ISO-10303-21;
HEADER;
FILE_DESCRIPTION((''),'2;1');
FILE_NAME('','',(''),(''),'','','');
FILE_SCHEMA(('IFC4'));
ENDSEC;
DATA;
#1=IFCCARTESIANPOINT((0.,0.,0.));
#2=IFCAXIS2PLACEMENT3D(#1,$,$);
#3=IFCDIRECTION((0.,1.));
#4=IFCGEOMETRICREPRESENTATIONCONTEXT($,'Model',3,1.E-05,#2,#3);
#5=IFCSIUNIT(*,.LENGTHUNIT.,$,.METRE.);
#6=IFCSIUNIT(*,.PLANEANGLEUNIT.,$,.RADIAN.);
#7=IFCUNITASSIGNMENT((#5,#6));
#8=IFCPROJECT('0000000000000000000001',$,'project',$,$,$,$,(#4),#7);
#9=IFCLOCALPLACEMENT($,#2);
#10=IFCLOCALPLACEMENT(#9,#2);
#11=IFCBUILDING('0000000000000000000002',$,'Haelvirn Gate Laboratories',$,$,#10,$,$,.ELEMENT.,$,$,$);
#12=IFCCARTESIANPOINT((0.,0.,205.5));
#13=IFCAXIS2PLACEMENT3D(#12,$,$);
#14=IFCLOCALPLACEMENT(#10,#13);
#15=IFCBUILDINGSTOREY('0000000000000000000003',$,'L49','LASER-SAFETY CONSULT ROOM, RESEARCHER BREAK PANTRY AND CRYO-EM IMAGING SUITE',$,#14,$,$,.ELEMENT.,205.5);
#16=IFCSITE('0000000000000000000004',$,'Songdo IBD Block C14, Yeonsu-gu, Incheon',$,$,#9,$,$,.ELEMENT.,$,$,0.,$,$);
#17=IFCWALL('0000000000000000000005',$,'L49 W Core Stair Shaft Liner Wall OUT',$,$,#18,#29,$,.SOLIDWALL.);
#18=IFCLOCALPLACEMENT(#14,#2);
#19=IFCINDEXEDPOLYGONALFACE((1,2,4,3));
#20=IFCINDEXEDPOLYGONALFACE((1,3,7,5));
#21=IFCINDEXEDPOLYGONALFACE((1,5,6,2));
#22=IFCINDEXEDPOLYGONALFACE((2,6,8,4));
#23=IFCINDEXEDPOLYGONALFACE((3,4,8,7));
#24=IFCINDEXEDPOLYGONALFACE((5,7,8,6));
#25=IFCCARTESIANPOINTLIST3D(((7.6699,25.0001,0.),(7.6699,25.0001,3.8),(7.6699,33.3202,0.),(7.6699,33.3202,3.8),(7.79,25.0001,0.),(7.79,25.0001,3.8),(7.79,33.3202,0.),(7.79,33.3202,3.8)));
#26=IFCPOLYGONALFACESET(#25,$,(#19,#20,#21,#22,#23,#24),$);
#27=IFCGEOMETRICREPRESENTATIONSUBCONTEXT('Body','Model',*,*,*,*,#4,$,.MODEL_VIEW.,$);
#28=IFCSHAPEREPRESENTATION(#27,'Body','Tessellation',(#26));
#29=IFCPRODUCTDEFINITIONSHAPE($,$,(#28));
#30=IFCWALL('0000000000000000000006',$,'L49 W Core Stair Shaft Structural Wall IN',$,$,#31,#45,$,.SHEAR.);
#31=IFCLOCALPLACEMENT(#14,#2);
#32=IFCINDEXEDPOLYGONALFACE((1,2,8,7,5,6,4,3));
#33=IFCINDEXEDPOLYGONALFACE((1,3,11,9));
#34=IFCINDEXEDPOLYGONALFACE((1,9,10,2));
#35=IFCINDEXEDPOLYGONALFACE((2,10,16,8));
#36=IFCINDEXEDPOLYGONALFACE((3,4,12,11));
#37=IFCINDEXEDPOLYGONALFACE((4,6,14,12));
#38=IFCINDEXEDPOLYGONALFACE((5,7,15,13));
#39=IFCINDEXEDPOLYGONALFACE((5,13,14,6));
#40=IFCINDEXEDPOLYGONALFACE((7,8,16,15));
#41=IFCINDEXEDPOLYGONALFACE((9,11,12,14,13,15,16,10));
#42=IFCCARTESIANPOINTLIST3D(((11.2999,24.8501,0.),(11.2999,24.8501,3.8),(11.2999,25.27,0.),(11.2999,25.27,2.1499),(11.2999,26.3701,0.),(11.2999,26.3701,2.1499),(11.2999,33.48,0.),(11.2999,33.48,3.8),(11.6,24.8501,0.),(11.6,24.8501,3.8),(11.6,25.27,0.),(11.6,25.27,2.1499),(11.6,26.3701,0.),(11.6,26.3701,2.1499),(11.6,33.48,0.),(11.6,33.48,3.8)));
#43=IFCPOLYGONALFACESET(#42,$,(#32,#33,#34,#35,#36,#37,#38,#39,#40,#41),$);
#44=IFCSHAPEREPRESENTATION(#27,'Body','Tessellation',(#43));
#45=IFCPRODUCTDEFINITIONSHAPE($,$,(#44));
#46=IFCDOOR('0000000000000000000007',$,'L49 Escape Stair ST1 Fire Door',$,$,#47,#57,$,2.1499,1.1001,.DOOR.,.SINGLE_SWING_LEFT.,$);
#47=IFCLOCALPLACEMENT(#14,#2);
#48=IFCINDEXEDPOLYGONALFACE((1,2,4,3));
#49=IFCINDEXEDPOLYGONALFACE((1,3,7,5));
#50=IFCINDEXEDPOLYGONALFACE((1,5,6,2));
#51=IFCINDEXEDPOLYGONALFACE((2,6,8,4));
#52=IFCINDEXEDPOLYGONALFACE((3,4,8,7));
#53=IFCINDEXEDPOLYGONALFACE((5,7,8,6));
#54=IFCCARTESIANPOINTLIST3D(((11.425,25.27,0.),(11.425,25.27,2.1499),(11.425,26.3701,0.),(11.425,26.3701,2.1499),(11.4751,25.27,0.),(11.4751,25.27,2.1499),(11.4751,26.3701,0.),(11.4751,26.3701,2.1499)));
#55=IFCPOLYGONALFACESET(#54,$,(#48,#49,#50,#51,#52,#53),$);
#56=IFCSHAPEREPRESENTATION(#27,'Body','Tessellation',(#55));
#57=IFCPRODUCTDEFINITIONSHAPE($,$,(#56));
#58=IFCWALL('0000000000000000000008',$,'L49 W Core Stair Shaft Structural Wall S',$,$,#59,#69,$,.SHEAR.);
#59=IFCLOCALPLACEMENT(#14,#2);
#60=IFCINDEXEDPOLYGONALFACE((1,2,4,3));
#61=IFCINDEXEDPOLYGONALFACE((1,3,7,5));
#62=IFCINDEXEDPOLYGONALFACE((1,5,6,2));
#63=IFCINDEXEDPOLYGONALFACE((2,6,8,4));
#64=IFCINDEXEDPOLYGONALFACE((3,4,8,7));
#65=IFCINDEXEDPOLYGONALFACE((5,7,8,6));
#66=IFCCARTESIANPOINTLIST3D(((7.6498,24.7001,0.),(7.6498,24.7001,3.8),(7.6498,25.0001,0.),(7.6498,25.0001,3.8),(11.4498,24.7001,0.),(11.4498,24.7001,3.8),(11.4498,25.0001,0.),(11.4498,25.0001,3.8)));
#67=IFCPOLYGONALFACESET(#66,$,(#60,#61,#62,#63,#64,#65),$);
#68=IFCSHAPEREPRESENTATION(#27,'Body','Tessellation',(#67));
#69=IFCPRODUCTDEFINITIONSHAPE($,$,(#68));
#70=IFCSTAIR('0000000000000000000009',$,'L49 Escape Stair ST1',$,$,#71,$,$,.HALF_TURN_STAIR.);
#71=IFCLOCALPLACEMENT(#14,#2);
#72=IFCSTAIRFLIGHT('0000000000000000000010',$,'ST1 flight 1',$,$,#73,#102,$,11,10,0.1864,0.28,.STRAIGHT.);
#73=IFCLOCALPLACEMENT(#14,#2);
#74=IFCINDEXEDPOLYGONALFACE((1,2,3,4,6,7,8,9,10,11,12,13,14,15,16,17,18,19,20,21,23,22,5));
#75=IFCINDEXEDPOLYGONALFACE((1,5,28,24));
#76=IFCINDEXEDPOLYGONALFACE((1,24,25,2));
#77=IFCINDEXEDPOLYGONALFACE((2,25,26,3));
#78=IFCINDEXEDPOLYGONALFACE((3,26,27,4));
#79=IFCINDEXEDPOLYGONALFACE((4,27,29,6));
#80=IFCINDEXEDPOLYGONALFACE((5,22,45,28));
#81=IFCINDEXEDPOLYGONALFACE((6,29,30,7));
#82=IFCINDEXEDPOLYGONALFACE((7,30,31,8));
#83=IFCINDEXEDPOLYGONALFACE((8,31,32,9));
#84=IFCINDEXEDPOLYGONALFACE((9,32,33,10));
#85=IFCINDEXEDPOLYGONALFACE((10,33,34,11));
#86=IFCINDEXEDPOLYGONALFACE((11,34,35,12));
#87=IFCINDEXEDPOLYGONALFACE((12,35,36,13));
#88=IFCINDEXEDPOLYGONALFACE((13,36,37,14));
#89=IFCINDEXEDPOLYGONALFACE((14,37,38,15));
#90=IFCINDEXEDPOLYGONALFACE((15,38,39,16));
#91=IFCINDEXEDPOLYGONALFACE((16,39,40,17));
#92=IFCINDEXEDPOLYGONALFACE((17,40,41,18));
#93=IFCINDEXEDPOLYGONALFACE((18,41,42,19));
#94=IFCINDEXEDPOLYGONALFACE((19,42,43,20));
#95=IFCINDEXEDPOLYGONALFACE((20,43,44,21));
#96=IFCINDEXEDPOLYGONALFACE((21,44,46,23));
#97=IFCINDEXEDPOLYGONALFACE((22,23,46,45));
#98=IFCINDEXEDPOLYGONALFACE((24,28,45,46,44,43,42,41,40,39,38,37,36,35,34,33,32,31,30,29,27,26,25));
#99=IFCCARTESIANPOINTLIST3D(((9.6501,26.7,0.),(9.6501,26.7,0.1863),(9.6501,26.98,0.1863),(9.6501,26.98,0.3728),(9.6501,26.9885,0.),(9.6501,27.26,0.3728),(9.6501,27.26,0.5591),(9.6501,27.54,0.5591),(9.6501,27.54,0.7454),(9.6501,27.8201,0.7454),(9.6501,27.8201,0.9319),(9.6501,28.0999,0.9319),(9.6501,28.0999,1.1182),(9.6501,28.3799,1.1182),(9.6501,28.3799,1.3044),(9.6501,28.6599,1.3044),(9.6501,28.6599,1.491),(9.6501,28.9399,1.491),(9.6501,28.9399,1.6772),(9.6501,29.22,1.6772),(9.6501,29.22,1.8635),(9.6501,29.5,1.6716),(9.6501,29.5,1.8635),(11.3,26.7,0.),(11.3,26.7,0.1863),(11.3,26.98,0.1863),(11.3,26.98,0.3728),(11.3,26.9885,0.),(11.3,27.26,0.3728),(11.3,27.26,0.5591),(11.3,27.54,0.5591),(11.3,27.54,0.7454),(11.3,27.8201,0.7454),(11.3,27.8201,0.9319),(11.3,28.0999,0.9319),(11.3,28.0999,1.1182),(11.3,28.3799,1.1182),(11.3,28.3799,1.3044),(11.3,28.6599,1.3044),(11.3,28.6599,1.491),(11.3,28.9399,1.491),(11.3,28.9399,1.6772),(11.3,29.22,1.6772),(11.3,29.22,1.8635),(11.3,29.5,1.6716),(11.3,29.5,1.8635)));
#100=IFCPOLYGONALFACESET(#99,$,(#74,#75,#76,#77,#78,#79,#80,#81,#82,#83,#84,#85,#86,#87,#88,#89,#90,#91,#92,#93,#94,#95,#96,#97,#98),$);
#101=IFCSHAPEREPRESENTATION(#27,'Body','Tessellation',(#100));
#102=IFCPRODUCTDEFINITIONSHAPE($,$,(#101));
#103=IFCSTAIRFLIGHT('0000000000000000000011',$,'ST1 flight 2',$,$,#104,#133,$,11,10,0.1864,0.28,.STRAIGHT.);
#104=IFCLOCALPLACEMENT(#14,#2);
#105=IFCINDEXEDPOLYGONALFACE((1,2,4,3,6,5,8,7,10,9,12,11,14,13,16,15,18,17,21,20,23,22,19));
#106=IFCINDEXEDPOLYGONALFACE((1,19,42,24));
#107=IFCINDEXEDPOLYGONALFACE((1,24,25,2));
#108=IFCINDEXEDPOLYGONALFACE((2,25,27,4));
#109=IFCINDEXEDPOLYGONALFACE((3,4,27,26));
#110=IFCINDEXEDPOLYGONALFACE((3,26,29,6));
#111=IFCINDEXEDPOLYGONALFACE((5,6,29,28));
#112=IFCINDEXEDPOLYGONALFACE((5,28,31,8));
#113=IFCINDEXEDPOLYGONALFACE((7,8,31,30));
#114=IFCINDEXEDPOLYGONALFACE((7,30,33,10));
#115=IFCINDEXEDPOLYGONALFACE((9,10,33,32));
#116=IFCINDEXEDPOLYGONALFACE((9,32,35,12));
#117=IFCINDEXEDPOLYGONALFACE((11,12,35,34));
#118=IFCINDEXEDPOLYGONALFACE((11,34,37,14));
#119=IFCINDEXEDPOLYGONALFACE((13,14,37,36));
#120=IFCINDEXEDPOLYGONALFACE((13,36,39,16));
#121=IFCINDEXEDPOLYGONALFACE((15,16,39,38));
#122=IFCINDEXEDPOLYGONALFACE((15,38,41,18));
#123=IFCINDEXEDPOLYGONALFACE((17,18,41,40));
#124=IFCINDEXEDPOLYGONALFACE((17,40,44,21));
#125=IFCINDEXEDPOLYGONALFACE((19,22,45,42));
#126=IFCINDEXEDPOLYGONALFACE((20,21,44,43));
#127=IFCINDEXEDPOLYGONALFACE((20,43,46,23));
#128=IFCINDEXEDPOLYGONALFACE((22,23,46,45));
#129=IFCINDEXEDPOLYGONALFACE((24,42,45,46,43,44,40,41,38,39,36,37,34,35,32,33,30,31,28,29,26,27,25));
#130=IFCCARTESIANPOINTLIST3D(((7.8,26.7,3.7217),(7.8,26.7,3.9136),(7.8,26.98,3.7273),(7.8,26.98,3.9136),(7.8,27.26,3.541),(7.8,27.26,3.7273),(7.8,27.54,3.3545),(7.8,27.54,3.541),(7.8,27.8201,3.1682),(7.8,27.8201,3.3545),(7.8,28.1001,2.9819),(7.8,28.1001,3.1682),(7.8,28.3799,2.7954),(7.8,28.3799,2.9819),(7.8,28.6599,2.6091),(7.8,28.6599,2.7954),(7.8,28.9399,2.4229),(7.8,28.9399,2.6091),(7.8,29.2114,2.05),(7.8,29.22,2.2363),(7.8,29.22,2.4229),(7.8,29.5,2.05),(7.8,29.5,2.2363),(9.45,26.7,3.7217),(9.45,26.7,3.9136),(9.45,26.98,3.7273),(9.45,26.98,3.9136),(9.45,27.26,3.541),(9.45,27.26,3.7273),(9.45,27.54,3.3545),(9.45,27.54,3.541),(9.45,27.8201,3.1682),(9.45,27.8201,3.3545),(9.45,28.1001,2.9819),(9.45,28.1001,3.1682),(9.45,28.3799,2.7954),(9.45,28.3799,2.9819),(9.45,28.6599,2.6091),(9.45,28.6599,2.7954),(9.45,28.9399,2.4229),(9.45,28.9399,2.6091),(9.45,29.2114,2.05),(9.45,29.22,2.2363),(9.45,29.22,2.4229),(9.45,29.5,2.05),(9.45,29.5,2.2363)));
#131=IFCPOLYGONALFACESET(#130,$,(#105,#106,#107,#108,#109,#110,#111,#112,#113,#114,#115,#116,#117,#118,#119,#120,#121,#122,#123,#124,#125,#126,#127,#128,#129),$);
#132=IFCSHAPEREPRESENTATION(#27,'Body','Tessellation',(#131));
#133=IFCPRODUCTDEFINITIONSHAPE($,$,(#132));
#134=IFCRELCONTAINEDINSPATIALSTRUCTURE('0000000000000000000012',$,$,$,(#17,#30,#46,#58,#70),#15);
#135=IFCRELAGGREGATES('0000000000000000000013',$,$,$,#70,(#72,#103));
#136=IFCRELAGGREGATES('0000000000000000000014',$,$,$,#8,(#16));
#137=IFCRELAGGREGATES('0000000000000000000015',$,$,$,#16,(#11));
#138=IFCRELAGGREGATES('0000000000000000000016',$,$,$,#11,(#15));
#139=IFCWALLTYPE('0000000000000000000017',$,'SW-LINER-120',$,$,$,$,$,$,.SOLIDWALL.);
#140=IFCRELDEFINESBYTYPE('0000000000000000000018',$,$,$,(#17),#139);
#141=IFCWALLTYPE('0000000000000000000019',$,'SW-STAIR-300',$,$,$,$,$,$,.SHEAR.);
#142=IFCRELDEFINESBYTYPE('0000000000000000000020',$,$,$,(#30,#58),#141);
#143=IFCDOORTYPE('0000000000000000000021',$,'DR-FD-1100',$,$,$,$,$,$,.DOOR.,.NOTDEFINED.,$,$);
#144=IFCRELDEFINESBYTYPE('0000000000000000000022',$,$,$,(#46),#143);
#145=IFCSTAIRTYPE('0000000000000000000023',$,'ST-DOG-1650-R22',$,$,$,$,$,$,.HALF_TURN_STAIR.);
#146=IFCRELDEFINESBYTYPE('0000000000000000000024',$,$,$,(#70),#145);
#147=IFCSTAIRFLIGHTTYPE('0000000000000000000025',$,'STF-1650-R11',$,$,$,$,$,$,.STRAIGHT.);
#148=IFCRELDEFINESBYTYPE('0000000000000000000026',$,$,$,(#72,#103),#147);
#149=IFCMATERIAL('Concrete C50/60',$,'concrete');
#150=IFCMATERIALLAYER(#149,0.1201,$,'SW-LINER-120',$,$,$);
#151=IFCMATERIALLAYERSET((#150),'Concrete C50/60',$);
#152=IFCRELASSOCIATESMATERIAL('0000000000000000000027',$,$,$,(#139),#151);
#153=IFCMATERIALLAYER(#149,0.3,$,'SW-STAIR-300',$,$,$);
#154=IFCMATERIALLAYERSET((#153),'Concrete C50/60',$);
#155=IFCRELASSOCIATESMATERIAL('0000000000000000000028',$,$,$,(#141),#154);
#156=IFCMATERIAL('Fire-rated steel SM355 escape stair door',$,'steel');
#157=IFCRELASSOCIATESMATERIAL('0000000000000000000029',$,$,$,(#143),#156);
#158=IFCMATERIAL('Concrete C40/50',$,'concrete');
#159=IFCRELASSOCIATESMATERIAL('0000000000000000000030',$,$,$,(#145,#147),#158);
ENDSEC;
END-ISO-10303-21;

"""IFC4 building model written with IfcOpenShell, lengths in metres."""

from ifc_helpers import new_model, si_unit, direction, frame, frame_2d, origin, place, context, subcontext, project, spatial, polyline, rectangle, outline, extrude, source, transform, mapped, material, layer, layer_set, type_object, type_shapes, element, fill, aggregate, save


model = new_model("IFC4")

# Units and contexts
model_context = context("Model", 3, precision=1e-05, world=origin(), true_north=direction((0.0, 1.0)))
body_context = subcontext(model_context, "Body", "Model", "MODEL_VIEW")
ifc_project = project(units=[si_unit("LENGTHUNIT", "METRE"), si_unit("PLANEANGLEUNIT", "RADIAN")], contexts=[model_context])

# Site, building, storey
site_placement = place(None, origin())
site = spatial("IfcSite", under=ifc_project, at=site_placement, Name="Songdo IBD Block C14, Yeonsu-gu, Incheon", CompositionType="ELEMENT", RefElevation=0.0)
building_placement = place(site_placement, origin())
building = spatial("IfcBuilding", under=site, at=building_placement, Name="Haelvirn Gate Laboratories", CompositionType="ELEMENT")
storey_placement = place(building_placement, frame((0.0, 0.0, 205.5)))
storey = spatial("IfcBuildingStorey", under=building, at=storey_placement, Name="L49", Description="LASER-SAFETY CONSULT ROOM, RESEARCHER BREAK PANTRY AND CRYO-EM IMAGING SUITE", CompositionType="ELEMENT", Elevation=205.5)

# Shared definitions
ifc_material_1 = material(Name="Concrete C50/60", Category="concrete")

# Shared definitions
ifc_material_2 = material(Name="Concrete C40/50", Category="concrete")

# Wall
ifc_layer_1 = layer(ifc_material_1, 0.1201, Name="SW-LINER-120")
ifc_layer_set_1 = layer_set([ifc_layer_1], Name="Concrete C50/60")
wall_type_1 = type_object("IfcWallType", Name="SW-LINER-120", PredefinedType="SOLIDWALL", material=ifc_layer_set_1)
wall_1_placement = place(storey_placement, frame((7.73, 25.0, 0.0), z_axis=(0.0, 0.0, 1.0), x_axis=(0.0, 1.0, 0.0)))
element("IfcWall", 1, at=wall_1_placement, inside=storey, type_object=wall_type_1, Name="L49 W Core Stair Shaft Liner Wall OUT", PredefinedType="SOLIDWALL", context=body_context, shape_type="SweptSolid", body=[
    extrude(rectangle(XDim=8.3201, YDim=0.1201, at=frame_2d((4.1602, 0.0))), origin(), (0.0, 0.0, 1.0), 3.8),
])

# Wall, opening, door
ifc_layer_2 = layer(ifc_material_1, 0.3, Name="SW-STAIR-300")
ifc_layer_set_2 = layer_set([ifc_layer_2], Name="Concrete C50/60")
wall_type_2 = type_object("IfcWallType", Name="SW-STAIR-300", PredefinedType="SHEAR", material=ifc_layer_set_2)
wall_2_placement = place(storey_placement, frame((11.45, 24.8501, 0.0), z_axis=(0.0, 0.0, 1.0), x_axis=(0.0, 1.0, 0.0)))
wall_2 = element("IfcWall", 2, at=wall_2_placement, inside=storey, type_object=wall_type_2, Name="L49 W Core Stair Shaft Structural Wall IN", PredefinedType="SHEAR", context=body_context, shape_type="SweptSolid", body=[
    extrude(rectangle(XDim=8.6299, YDim=0.3, at=frame_2d((4.3149, 0.0))), origin(), (0.0, 0.0, 1.0), 3.8),
])
opening_1_placement = place(wall_2_placement, frame((0.4199, 0.0, 0.0)))
opening_1 = element("IfcOpeningElement", 3, at=opening_1_placement, cuts=wall_2, PredefinedType="OPENING", context=body_context, shape_type="SweptSolid", body=[
    extrude(rectangle(XDim=1.1001, YDim=2.1499, at=frame_2d((0.55, 1.075))), frame((0.0, 0.1602, 0.0), z_axis=(0.0, -1.0, 0.0), x_axis=(1.0, 0.0, 0.0)), (0.0, 0.0, 1.0), 0.3201),
])
ifc_material_3 = material(Name="Fire-rated steel SM355 escape stair door", Category="steel")
door_type_1 = type_object("IfcDoorType", Name="DR-FD-1100", OperationType="NOTDEFINED", PredefinedType="DOOR", material=ifc_material_3)
shared_shape_1 = source(origin(), body_context, "Body", "SweptSolid", [
    extrude(rectangle(XDim=1.1001, YDim=2.1499, at=frame_2d((0.55, 1.075))), frame((0.0, 0.0249, 0.0), z_axis=(0.0, -1.0, 0.0), x_axis=(1.0, 0.0, 0.0)), (0.0, 0.0, 1.0), 0.05),
])
type_shapes(door_type_1, [shared_shape_1])
door_1_placement = place(opening_1_placement, origin())
door_1 = element("IfcDoor", 4, at=door_1_placement, inside=storey, type_object=door_type_1, Name="L49 Escape Stair ST1 Fire Door", OperationType="SINGLE_SWING_LEFT", OverallHeight=2.1499, OverallWidth=1.1001, PredefinedType="DOOR", context=body_context, shape_type="MappedRepresentation", body=[
    mapped(shared_shape_1, transform((0.0, 0.0, 0.0), scale=1.0)),
])
fill(opening_1, door_1)

# Wall
wall_3_placement = place(storey_placement, frame((7.6499, 24.8501, 0.0), z_axis=(0.0, 0.0, 1.0), x_axis=(1.0, 0.0, 0.0)))
element("IfcWall", 5, at=wall_3_placement, inside=storey, type_object=wall_type_2, Name="L49 W Core Stair Shaft Structural Wall S", PredefinedType="SHEAR", context=body_context, shape_type="SweptSolid", body=[
    extrude(rectangle(XDim=3.8, YDim=0.3, at=frame_2d((1.8999, 0.0))), origin(), (0.0, 0.0, 1.0), 3.8),
])

# Stair, stair flights
stair_type = type_object("IfcStairType", Name="ST-DOG-1650-R22", PredefinedType="HALF_TURN_STAIR", material=ifc_material_2)
stair_placement = place(storey_placement, origin())
stair = element("IfcStair", 6, at=stair_placement, inside=storey, type_object=stair_type, Name="L49 Escape Stair ST1", PredefinedType="HALF_TURN_STAIR")
stair_flight_type = type_object("IfcStairFlightType", Name="STF-1650-R11", PredefinedType="STRAIGHT", material=ifc_material_2)
shared_shape_2 = source(origin(), body_context, "Body", "SweptSolid", [
    extrude(outline(polyline([(0.0, 0.0), (0.0, 0.1863), (0.28, 0.1863), (0.28, 0.3728), (0.5601, 0.3728), (0.5601, 0.5591), (0.8401, 0.5591), (0.8401, 0.7454), (1.1201, 0.7454), (1.1201, 0.9319), (1.3999, 0.9319), (1.3999, 1.1182), (1.6799, 1.1182), (1.6799, 1.3044), (1.96, 1.3044), (1.96, 1.491), (2.24, 1.491), (2.24, 1.6772), (2.52, 1.6772), (2.52, 1.8635), (2.8, 1.8635), (2.8, 2.05), (2.8, 1.6716), (0.2886, 0.0), (0.0, 0.0)])), frame((0.0, 0.825, 0.0), z_axis=(0.0, -1.0, 0.0), x_axis=(1.0, 0.0, 0.0)), (0.0, 0.0, 1.0), 1.6499),
])
type_shapes(stair_flight_type, [shared_shape_2])
stair_flight_1_placement = place(storey_placement, frame((10.4751, 26.7, 0.0), z_axis=(0.0, 0.0, 1.0), x_axis=(0.0, 1.0, 0.0)))
stair_flight_1 = element("IfcStairFlight", 7, at=stair_flight_1_placement, type_object=stair_flight_type, Name="ST1 flight 1", NumberOfRisers=11, NumberOfTreads=10, PredefinedType="STRAIGHT", RiserHeight=0.1864, TreadLength=0.28, context=body_context, shape_type="MappedRepresentation", body=[
    mapped(shared_shape_2, transform((0.0, 0.0, 0.0), scale=1.0)),
])
stair_flight_2_placement = place(storey_placement, frame((8.625, 29.5, 2.05), z_axis=(0.0, 0.0, 1.0), x_axis=(0.0, -1.0, 0.0)))
stair_flight_2 = element("IfcStairFlight", 8, at=stair_flight_2_placement, type_object=stair_flight_type, Name="ST1 flight 2", NumberOfRisers=11, NumberOfTreads=10, PredefinedType="STRAIGHT", RiserHeight=0.1864, TreadLength=0.28, context=body_context, shape_type="MappedRepresentation", body=[
    mapped(shared_shape_2, transform((0.0, 0.0, 0.0), scale=1.0)),
])
aggregate(stair, [stair_flight_1, stair_flight_2])

save(model, "model.ifc")
